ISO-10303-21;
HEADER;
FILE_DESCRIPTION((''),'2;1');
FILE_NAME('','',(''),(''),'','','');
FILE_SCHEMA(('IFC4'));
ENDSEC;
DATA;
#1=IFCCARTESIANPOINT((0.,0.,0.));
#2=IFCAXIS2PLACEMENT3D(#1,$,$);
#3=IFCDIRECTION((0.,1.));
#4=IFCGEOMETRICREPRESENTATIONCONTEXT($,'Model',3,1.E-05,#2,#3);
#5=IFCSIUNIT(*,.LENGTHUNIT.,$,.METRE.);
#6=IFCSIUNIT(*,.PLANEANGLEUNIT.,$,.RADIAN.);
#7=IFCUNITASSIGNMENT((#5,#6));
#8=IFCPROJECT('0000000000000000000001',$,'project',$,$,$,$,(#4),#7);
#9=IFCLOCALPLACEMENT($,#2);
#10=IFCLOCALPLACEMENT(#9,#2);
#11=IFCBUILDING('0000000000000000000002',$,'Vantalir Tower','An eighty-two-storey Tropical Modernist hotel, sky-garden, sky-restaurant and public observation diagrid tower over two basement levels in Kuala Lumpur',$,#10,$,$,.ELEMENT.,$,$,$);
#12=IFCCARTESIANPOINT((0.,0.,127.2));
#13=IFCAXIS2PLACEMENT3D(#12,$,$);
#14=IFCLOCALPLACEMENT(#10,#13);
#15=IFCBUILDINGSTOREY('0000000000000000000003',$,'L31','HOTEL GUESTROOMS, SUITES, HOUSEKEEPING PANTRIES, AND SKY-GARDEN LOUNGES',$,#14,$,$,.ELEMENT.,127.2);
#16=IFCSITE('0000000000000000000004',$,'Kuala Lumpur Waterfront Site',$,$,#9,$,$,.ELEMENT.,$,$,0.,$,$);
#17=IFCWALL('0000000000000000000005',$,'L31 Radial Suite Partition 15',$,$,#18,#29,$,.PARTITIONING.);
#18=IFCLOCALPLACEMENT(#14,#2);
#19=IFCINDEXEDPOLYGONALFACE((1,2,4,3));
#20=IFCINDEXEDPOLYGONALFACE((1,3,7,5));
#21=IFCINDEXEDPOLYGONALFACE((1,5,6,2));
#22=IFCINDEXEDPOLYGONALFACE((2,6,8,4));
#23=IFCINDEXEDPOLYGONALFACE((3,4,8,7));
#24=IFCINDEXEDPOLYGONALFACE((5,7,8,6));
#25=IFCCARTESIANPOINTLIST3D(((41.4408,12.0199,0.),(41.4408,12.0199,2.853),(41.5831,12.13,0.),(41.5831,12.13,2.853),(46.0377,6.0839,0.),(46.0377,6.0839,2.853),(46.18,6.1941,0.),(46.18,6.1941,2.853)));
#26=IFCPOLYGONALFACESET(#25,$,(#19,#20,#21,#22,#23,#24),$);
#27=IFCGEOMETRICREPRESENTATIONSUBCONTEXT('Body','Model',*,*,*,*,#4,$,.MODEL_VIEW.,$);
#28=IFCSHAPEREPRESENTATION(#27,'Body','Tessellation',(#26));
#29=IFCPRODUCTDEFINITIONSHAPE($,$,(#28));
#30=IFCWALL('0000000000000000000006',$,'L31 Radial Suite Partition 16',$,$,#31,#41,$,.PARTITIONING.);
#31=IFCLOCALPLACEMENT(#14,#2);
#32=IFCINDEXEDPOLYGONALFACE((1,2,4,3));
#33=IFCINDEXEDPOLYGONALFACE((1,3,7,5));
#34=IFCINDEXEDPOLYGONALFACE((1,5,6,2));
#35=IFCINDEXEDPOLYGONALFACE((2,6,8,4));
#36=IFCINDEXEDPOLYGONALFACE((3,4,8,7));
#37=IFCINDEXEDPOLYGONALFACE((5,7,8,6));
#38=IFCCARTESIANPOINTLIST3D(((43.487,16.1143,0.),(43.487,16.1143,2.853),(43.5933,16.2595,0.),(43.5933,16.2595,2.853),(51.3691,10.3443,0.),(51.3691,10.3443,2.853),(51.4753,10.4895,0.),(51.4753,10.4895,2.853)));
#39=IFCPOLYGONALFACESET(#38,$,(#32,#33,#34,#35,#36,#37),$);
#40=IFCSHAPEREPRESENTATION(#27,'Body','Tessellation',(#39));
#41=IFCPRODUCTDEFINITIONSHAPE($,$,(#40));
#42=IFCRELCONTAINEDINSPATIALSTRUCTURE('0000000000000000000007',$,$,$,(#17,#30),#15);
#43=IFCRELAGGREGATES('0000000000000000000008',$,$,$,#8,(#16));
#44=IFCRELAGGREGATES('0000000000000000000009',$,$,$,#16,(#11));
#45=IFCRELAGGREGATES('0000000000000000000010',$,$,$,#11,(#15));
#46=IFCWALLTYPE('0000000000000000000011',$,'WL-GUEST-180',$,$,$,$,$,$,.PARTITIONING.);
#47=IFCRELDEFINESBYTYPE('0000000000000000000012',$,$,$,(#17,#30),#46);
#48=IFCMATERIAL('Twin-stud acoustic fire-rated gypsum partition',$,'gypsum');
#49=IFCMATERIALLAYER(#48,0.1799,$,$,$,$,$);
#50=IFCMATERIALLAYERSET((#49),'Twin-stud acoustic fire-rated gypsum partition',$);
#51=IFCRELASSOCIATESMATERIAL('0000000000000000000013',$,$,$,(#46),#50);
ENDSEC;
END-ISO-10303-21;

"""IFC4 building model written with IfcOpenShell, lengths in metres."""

from ifc_helpers import new_model, si_unit, direction, frame, frame_2d, origin, place, context, subcontext, project, spatial, rectangle, extrude, material, layer, layer_set, type_object, element, save


model = new_model("IFC4")

# Units and contexts
model_context = context("Model", 3, precision=1e-05, world=origin(), true_north=direction((0.0, 1.0)))
body_context = subcontext(model_context, "Body", "Model", "MODEL_VIEW")
ifc_project = project(units=[si_unit("LENGTHUNIT", "METRE"), si_unit("PLANEANGLEUNIT", "RADIAN")], contexts=[model_context])

# Site, building, storey
site_placement = place(None, origin())
site = spatial("IfcSite", under=ifc_project, at=site_placement, Name="Kuala Lumpur Waterfront Site", CompositionType="ELEMENT", RefElevation=0.0)
building_placement = place(site_placement, origin())
building = spatial("IfcBuilding", under=site, at=building_placement, Name="Vantalir Tower", Description="An eighty-two-storey Tropical Modernist hotel, sky-garden, sky-restaurant and public observation diagrid tower over two basement levels in Kuala Lumpur", CompositionType="ELEMENT")
storey_placement = place(building_placement, frame((0.0, 0.0, 127.2)))
storey = spatial("IfcBuildingStorey", under=building, at=storey_placement, Name="L31", Description="HOTEL GUESTROOMS, SUITES, HOUSEKEEPING PANTRIES, AND SKY-GARDEN LOUNGES", CompositionType="ELEMENT", Elevation=127.2)

# Walls
ifc_material_1 = material(Name="Twin-stud acoustic fire-rated gypsum partition", Category="gypsum")
ifc_layer_1 = layer(ifc_material_1, 0.1799)
ifc_layer_set_1 = layer_set([ifc_layer_1], Name="Twin-stud acoustic fire-rated gypsum partition")
wall_type_1 = type_object("IfcWallType", Name="WL-GUEST-180", PredefinedType="PARTITIONING", material=ifc_layer_set_1)
wall_1_placement = place(storey_placement, frame((41.512, 12.075, 0.0), z_axis=(0.0, 0.0, 1.0), x_axis=(0.61228, -0.790641, 0.0)))
element("IfcWall", 1, at=wall_1_placement, inside=storey, type_object=wall_type_1, Name="L31 Radial Suite Partition 15", PredefinedType="PARTITIONING", context=body_context, shape_type="SweptSolid", body=[
    extrude(rectangle(XDim=7.5078, YDim=0.1799, at=frame_2d((3.7539, 0.0))), origin(), (0.0, 0.0, 1.0), 2.853),
])
wall_2_placement = place(storey_placement, frame((43.54, 16.187, 0.0), z_axis=(0.0, 0.0, 1.0), x_axis=(0.806901, -0.590686, 0.0)))
element("IfcWall", 2, at=wall_2_placement, inside=storey, type_object=wall_type_1, Name="L31 Radial Suite Partition 16", PredefinedType="PARTITIONING", context=body_context, shape_type="SweptSolid", body=[
    extrude(rectangle(XDim=9.7683, YDim=0.1799, at=frame_2d((4.8843, 0.0))), origin(), (0.0, 0.0, 1.0), 2.853),
])

save(model, "model.ifc")
